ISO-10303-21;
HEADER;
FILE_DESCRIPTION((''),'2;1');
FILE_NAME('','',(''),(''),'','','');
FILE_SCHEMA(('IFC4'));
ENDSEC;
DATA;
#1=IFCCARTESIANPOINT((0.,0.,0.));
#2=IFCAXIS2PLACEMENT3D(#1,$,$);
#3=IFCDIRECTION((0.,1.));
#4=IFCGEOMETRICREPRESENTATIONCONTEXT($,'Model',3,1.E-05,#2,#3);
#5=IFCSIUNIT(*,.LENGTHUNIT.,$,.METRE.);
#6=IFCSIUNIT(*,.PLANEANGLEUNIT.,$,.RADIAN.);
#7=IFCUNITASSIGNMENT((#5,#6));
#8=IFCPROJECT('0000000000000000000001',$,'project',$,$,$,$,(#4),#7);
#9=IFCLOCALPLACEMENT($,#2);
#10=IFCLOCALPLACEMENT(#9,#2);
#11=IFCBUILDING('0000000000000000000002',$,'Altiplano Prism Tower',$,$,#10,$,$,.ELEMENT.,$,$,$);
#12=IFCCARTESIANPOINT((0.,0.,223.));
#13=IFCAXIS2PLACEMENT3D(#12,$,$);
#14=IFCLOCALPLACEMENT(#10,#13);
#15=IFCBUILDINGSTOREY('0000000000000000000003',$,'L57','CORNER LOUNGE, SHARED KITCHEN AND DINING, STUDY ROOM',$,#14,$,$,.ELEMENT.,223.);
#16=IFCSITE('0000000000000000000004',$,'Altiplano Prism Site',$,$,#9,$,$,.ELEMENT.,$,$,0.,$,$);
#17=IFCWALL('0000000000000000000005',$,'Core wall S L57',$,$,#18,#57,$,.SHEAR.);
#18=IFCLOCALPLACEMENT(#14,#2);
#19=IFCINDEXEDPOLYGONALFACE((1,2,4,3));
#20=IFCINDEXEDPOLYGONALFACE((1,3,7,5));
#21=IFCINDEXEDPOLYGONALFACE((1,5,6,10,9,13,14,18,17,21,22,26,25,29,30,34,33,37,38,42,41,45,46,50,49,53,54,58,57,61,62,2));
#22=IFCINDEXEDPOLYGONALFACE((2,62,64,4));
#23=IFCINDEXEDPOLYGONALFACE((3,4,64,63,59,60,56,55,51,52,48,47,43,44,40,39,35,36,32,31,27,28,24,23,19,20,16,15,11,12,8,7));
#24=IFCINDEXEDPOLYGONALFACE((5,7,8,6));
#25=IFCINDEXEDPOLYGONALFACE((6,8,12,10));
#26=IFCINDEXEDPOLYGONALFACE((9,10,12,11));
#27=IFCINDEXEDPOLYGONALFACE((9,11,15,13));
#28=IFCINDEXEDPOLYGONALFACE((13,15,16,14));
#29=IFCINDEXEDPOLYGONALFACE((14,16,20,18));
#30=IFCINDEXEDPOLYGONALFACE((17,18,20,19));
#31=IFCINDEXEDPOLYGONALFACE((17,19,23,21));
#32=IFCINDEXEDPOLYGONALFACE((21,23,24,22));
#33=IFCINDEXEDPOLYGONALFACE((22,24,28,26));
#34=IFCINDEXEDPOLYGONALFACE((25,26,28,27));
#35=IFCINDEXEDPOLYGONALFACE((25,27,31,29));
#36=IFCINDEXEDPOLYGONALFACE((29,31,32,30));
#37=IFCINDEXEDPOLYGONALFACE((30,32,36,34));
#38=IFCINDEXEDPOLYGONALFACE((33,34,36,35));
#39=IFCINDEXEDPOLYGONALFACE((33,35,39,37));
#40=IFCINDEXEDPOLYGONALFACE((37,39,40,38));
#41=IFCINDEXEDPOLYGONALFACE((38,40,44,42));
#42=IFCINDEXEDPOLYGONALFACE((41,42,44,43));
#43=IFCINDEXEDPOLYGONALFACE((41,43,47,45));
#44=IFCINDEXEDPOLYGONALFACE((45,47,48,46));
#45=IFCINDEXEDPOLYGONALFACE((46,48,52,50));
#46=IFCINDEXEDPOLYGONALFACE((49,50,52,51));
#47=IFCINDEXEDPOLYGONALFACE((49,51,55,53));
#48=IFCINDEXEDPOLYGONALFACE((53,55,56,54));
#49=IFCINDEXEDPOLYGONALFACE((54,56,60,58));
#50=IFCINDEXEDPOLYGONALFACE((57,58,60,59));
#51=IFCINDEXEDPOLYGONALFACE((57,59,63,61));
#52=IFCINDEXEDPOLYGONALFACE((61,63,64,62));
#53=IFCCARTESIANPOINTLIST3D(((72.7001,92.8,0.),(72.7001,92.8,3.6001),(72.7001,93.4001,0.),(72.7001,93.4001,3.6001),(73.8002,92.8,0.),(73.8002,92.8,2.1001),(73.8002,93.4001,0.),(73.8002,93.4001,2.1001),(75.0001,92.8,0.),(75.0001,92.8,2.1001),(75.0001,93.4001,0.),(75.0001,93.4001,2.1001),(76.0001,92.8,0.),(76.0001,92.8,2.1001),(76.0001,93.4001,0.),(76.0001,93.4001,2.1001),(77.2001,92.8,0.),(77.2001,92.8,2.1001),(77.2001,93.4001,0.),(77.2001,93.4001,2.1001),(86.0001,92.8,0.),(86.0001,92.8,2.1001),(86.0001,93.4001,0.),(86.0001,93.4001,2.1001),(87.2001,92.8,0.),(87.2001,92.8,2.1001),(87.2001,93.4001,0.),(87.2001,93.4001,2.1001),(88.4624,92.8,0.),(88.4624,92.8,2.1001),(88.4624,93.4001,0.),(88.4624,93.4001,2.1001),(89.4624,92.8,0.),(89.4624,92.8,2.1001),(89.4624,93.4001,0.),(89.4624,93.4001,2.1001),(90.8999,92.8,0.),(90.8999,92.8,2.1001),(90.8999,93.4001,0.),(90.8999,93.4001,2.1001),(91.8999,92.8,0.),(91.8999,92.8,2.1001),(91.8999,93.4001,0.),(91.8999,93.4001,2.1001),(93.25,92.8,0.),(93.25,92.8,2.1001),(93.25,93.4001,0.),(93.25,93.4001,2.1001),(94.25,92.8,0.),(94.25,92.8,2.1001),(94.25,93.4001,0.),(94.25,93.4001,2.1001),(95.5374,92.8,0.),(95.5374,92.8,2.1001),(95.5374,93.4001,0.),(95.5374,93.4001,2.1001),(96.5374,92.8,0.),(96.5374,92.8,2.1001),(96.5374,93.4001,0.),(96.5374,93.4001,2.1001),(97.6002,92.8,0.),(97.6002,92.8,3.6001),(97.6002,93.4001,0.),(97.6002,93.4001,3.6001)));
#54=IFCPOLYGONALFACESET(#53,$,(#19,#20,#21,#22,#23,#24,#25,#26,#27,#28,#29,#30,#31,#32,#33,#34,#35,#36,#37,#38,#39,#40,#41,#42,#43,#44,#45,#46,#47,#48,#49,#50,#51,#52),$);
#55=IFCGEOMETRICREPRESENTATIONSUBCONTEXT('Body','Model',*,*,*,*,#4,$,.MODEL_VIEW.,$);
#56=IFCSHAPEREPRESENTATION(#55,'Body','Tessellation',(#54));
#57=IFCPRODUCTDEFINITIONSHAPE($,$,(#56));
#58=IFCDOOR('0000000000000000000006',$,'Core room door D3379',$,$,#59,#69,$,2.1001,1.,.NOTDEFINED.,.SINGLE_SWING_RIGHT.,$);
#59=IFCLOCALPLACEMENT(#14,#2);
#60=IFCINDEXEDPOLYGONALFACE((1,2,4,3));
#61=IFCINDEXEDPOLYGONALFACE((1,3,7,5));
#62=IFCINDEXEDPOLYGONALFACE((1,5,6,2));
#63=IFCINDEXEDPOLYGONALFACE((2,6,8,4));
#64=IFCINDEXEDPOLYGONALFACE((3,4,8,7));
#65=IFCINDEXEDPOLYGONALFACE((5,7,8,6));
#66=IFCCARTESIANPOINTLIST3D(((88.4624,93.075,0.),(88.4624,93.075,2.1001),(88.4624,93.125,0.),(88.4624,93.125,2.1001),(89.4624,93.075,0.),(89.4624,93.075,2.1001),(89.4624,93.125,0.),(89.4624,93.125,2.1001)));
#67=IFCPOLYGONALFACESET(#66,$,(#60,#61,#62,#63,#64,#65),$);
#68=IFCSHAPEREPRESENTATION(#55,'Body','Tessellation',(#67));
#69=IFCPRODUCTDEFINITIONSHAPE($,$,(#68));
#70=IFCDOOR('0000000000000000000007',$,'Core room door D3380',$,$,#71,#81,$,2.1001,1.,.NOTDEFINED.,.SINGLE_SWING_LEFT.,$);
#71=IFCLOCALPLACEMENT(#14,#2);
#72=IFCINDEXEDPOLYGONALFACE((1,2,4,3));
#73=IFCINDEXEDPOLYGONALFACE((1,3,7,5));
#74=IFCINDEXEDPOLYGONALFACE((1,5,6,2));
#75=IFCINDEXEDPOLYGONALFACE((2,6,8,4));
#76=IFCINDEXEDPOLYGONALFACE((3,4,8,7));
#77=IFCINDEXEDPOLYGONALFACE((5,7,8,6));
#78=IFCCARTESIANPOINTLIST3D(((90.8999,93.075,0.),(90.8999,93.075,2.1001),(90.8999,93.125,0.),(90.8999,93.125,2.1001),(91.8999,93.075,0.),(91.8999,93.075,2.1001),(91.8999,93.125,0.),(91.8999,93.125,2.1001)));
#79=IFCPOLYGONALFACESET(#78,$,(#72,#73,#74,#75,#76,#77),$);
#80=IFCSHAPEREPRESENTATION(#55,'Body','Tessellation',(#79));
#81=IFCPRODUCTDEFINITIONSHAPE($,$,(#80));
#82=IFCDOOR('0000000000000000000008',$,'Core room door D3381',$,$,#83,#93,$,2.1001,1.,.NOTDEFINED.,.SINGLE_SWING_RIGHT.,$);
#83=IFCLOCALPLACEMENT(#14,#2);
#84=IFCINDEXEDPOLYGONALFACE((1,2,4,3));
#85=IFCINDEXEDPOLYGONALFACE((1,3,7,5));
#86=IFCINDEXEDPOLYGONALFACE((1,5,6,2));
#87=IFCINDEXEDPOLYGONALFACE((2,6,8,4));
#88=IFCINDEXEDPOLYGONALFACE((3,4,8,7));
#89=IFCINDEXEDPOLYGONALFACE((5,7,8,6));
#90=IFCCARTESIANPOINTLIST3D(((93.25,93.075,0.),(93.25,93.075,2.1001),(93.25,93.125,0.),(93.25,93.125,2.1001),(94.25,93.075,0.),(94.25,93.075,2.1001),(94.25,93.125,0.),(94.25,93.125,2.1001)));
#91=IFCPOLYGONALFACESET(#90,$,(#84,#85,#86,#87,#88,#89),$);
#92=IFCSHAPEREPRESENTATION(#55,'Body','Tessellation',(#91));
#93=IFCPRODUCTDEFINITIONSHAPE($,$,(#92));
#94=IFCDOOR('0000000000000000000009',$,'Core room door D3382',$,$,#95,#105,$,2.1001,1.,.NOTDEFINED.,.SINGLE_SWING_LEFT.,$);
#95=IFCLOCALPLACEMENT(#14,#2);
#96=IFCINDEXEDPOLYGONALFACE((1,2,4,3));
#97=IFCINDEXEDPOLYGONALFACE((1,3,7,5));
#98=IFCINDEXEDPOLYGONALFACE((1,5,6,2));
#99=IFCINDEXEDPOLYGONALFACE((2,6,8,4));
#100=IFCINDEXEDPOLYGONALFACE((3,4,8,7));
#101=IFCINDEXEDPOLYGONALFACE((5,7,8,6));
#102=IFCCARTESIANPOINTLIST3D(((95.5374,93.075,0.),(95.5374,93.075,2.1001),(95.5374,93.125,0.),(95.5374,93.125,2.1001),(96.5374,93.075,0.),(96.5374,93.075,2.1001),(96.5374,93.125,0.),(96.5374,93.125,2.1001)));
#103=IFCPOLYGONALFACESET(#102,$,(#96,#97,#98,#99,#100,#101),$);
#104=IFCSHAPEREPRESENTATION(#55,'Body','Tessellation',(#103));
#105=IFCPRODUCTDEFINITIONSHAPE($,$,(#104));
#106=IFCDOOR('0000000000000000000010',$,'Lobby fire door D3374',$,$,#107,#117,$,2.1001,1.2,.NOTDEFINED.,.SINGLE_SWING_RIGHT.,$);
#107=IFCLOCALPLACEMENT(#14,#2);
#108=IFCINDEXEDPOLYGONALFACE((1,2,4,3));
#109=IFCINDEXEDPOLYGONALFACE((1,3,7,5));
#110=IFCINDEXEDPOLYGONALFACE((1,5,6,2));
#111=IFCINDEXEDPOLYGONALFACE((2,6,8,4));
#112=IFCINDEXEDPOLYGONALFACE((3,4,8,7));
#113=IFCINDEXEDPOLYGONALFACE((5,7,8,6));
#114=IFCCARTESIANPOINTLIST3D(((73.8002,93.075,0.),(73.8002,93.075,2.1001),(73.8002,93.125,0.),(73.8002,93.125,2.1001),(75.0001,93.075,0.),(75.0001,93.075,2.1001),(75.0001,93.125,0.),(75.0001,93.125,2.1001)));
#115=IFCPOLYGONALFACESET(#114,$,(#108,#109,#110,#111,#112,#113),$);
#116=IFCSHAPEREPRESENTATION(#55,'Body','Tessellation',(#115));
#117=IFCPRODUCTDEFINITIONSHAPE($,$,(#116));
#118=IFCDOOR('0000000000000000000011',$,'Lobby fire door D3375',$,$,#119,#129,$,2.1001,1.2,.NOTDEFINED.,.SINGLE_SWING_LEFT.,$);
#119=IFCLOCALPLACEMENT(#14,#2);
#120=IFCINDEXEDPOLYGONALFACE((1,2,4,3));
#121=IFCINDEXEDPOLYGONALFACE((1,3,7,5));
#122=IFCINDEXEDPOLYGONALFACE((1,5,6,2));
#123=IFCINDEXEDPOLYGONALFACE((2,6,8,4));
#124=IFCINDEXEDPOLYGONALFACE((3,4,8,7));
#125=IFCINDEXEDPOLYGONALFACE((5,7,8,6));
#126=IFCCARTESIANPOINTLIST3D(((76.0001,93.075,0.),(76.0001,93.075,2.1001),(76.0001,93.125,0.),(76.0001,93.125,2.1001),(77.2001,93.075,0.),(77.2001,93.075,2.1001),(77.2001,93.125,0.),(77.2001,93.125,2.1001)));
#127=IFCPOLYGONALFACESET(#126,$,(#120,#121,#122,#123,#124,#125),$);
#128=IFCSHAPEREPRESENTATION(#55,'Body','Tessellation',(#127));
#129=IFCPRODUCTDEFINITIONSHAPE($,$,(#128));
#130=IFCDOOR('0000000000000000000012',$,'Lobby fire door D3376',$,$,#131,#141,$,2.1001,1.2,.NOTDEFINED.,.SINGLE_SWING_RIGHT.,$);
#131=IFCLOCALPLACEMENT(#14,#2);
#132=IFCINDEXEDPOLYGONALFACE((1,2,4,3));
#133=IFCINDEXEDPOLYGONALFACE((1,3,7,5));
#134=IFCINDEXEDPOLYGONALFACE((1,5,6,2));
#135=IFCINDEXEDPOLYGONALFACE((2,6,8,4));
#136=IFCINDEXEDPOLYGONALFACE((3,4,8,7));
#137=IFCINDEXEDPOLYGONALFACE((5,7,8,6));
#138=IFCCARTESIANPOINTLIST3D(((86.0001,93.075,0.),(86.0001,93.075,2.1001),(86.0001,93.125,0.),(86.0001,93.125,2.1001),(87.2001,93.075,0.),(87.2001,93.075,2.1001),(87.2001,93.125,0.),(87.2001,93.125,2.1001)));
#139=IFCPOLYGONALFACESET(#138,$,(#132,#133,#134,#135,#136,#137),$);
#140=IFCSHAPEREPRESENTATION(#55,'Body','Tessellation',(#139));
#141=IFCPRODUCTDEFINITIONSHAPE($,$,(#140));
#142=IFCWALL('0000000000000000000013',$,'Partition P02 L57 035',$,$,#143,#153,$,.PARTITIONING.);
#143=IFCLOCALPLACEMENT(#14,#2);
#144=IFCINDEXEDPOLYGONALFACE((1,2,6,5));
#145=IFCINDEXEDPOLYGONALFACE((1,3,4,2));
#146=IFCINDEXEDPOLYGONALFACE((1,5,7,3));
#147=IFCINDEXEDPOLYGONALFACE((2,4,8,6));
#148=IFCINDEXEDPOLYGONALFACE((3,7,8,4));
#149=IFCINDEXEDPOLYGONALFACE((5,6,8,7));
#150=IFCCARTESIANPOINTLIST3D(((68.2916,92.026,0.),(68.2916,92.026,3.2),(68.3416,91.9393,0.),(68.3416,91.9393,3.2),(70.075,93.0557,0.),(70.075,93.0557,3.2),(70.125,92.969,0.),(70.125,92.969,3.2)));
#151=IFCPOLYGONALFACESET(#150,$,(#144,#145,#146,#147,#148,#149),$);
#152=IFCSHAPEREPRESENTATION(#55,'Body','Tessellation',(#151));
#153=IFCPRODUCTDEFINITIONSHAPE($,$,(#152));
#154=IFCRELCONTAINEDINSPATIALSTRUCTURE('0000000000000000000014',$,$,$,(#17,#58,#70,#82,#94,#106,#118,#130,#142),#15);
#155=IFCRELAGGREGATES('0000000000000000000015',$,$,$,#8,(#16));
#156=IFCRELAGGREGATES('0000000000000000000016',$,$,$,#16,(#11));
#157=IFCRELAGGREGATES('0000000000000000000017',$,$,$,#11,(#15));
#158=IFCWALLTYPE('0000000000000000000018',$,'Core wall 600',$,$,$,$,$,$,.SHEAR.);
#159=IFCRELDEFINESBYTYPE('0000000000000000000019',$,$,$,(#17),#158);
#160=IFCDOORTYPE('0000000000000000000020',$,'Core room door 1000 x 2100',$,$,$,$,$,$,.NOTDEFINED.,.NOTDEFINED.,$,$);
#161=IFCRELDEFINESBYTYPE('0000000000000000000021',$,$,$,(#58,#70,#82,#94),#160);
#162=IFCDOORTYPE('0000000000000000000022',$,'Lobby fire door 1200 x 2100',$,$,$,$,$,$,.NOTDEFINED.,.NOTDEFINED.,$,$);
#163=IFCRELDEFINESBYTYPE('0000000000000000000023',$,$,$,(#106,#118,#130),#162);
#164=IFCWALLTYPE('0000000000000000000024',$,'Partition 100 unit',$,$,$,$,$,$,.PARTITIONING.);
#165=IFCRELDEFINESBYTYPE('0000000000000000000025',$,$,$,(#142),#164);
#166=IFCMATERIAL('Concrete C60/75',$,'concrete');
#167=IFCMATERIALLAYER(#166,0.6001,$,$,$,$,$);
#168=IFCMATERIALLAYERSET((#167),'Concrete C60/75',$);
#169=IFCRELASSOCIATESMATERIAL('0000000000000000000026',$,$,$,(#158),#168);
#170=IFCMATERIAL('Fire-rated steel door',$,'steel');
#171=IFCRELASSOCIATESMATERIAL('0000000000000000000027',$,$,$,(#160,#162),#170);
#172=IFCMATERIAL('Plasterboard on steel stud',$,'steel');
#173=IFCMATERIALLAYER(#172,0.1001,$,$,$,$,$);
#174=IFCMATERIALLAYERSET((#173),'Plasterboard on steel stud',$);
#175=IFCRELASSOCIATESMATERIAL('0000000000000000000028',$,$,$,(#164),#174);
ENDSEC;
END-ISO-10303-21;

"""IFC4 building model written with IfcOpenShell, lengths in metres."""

from ifc_helpers import new_model, si_unit, direction, frame, frame_2d, origin, place, context, subcontext, project, spatial, rectangle, extrude, material, layer, layer_set, type_object, element, fill, save


model = new_model("IFC4")

# Units and contexts
model_context = context("Model", 3, precision=1e-05, world=origin(), true_north=direction((0.0, 1.0)))
body_context = subcontext(model_context, "Body", "Model", "MODEL_VIEW")
ifc_project = project(units=[si_unit("LENGTHUNIT", "METRE"), si_unit("PLANEANGLEUNIT", "RADIAN")], contexts=[model_context])

# Site, building, storey
site_placement = place(None, origin())
site = spatial("IfcSite", under=ifc_project, at=site_placement, Name="Altiplano Prism Site", CompositionType="ELEMENT", RefElevation=0.0)
building_placement = place(site_placement, origin())
building = spatial("IfcBuilding", under=site, at=building_placement, Name="Altiplano Prism Tower", CompositionType="ELEMENT")
storey_placement = place(building_placement, frame((0.0, 0.0, 223.0)))
storey = spatial("IfcBuildingStorey", under=building, at=storey_placement, Name="L57", Description="CORNER LOUNGE, SHARED KITCHEN AND DINING, STUDY ROOM", CompositionType="ELEMENT", Elevation=223.0)

# Shared definitions
ifc_material_1 = material(Name="Concrete C60/75", Category="concrete")

# Wall, openings, doors
ifc_layer_1 = layer(ifc_material_1, 0.6001)
ifc_layer_set_1 = layer_set([ifc_layer_1], Name="Concrete C60/75")
wall_type_1 = type_object("IfcWallType", Name="Core wall 600", PredefinedType="SHEAR", material=ifc_layer_set_1)
wall_1_placement = place(storey_placement, frame((72.7, 93.1001, 0.0), z_axis=(0.0, 0.0, 1.0), x_axis=(1.0, 0.0, 0.0)))
wall_1 = element("IfcWall", 1, at=wall_1_placement, inside=storey, type_object=wall_type_1, Name="Core wall S L57", PredefinedType="SHEAR", context=body_context, shape_type="SweptSolid", body=[
    extrude(rectangle(XDim=24.9001, YDim=0.6001, at=frame_2d((12.4502, 0.0))), origin(), (0.0, 0.0, 1.0), 3.6001),
])
opening_1_placement = place(wall_1_placement, frame((1.1001, 0.0, 0.0)))
opening_1 = element("IfcOpeningElement", 2, at=opening_1_placement, cuts=wall_1, PredefinedType="OPENING", context=body_context, shape_type="SweptSolid", body=[
    extrude(rectangle(XDim=1.2, YDim=2.1001, at=frame_2d((0.6001, 1.05))), frame((0.0, 0.3105, 0.0), z_axis=(0.0, -1.0, 0.0), x_axis=(1.0, 0.0, 0.0)), (0.0, 0.0, 1.0), 0.6211),
])
opening_2_placement = place(wall_1_placement, frame((3.3, 0.0, 0.0)))
opening_2 = element("IfcOpeningElement", 3, at=opening_2_placement, cuts=wall_1, PredefinedType="OPENING", context=body_context, shape_type="SweptSolid", body=[
    extrude(rectangle(XDim=1.2, YDim=2.1001, at=frame_2d((0.6001, 1.05))), frame((0.0, 0.3105, 0.0), z_axis=(0.0, -1.0, 0.0), x_axis=(1.0, 0.0, 0.0)), (0.0, 0.0, 1.0), 0.6211),
])
opening_3_placement = place(wall_1_placement, frame((13.3, 0.0, 0.0)))
opening_3 = element("IfcOpeningElement", 4, at=opening_3_placement, cuts=wall_1, PredefinedType="OPENING", context=body_context, shape_type="SweptSolid", body=[
    extrude(rectangle(XDim=1.2, YDim=2.1001, at=frame_2d((0.6001, 1.05))), frame((0.0, 0.3105, 0.0), z_axis=(0.0, -1.0, 0.0), x_axis=(1.0, 0.0, 0.0)), (0.0, 0.0, 1.0), 0.6211),
])
opening_4_placement = place(wall_1_placement, frame((15.7625, 0.0, 0.0)))
opening_4 = element("IfcOpeningElement", 5, at=opening_4_placement, cuts=wall_1, PredefinedType="OPENING", context=body_context, shape_type="SweptSolid", body=[
    extrude(rectangle(XDim=1.0, YDim=2.1001, at=frame_2d((0.5, 1.05))), frame((0.0, 0.3105, 0.0), z_axis=(0.0, -1.0, 0.0), x_axis=(1.0, 0.0, 0.0)), (0.0, 0.0, 1.0), 0.6211),
])
opening_5_placement = place(wall_1_placement, frame((18.2, 0.0, 0.0)))
opening_5 = element("IfcOpeningElement", 6, at=opening_5_placement, cuts=wall_1, PredefinedType="OPENING", context=body_context, shape_type="SweptSolid", body=[
    extrude(rectangle(XDim=1.0, YDim=2.1001, at=frame_2d((0.5, 1.05))), frame((0.0, 0.3105, 0.0), z_axis=(0.0, -1.0, 0.0), x_axis=(1.0, 0.0, 0.0)), (0.0, 0.0, 1.0), 0.6211),
])
opening_6_placement = place(wall_1_placement, frame((20.55, 0.0, 0.0)))
opening_6 = element("IfcOpeningElement", 7, at=opening_6_placement, cuts=wall_1, PredefinedType="OPENING", context=body_context, shape_type="SweptSolid", body=[
    extrude(rectangle(XDim=1.0, YDim=2.1001, at=frame_2d((0.5, 1.05))), frame((0.0, 0.3105, 0.0), z_axis=(0.0, -1.0, 0.0), x_axis=(1.0, 0.0, 0.0)), (0.0, 0.0, 1.0), 0.6211),
])
opening_7_placement = place(wall_1_placement, frame((22.8374, 0.0, 0.0)))
opening_7 = element("IfcOpeningElement", 8, at=opening_7_placement, cuts=wall_1, PredefinedType="OPENING", context=body_context, shape_type="SweptSolid", body=[
    extrude(rectangle(XDim=1.0, YDim=2.1001, at=frame_2d((0.5, 1.05))), frame((0.0, 0.3105, 0.0), z_axis=(0.0, -1.0, 0.0), x_axis=(1.0, 0.0, 0.0)), (0.0, 0.0, 1.0), 0.6211),
])
ifc_material_2 = material(Name="Fire-rated steel door", Category="steel")
door_type_1 = type_object("IfcDoorType", Name="Core room door 1000 x 2100", OperationType="NOTDEFINED", PredefinedType="NOTDEFINED", material=ifc_material_2)
door_1_placement = place(opening_4_placement, origin())
door_1 = element("IfcDoor", 9, at=door_1_placement, inside=storey, type_object=door_type_1, Name="Core room door D3379", OperationType="SINGLE_SWING_RIGHT", OverallHeight=2.1001, OverallWidth=1.0, PredefinedType="NOTDEFINED", context=body_context, shape_type="SweptSolid", body=[
    extrude(rectangle(XDim=1.0, YDim=2.1001, at=frame_2d((0.5, 1.05))), frame((0.0, 0.0249, 0.0), z_axis=(0.0, -1.0, 0.0), x_axis=(1.0, 0.0, 0.0)), (0.0, 0.0, 1.0), 0.05),
])
fill(opening_4, door_1)
door_2_placement = place(opening_5_placement, origin())
door_2 = element("IfcDoor", 10, at=door_2_placement, inside=storey, type_object=door_type_1, Name="Core room door D3380", OperationType="SINGLE_SWING_LEFT", OverallHeight=2.1001, OverallWidth=1.0, PredefinedType="NOTDEFINED", context=body_context, shape_type="SweptSolid", body=[
    extrude(rectangle(XDim=1.0, YDim=2.1001, at=frame_2d((0.5, 1.05))), frame((0.0, 0.0249, 0.0), z_axis=(0.0, -1.0, 0.0), x_axis=(1.0, 0.0, 0.0)), (0.0, 0.0, 1.0), 0.05),
])
fill(opening_5, door_2)
door_3_placement = place(opening_6_placement, origin())
door_3 = element("IfcDoor", 11, at=door_3_placement, inside=storey, type_object=door_type_1, Name="Core room door D3381", OperationType="SINGLE_SWING_RIGHT", OverallHeight=2.1001, OverallWidth=1.0, PredefinedType="NOTDEFINED", context=body_context, shape_type="SweptSolid", body=[
    extrude(rectangle(XDim=1.0, YDim=2.1001, at=frame_2d((0.5, 1.05))), frame((0.0, 0.0249, 0.0), z_axis=(0.0, -1.0, 0.0), x_axis=(1.0, 0.0, 0.0)), (0.0, 0.0, 1.0), 0.05),
])
fill(opening_6, door_3)
door_4_placement = place(opening_7_placement, origin())
door_4 = element("IfcDoor", 12, at=door_4_placement, inside=storey, type_object=door_type_1, Name="Core room door D3382", OperationType="SINGLE_SWING_LEFT", OverallHeight=2.1001, OverallWidth=1.0, PredefinedType="NOTDEFINED", context=body_context, shape_type="SweptSolid", body=[
    extrude(rectangle(XDim=1.0, YDim=2.1001, at=frame_2d((0.5, 1.05))), frame((0.0, 0.0249, 0.0), z_axis=(0.0, -1.0, 0.0), x_axis=(1.0, 0.0, 0.0)), (0.0, 0.0, 1.0), 0.05),
])
fill(opening_7, door_4)
door_type_2 = type_object("IfcDoorType", Name="Lobby fire door 1200 x 2100", OperationType="NOTDEFINED", PredefinedType="NOTDEFINED", material=ifc_material_2)
door_5_placement = place(opening_1_placement, origin())
door_5 = element("IfcDoor", 13, at=door_5_placement, inside=storey, type_object=door_type_2, Name="Lobby fire door D3374", OperationType="SINGLE_SWING_RIGHT", OverallHeight=2.1001, OverallWidth=1.2, PredefinedType="NOTDEFINED", context=body_context, shape_type="SweptSolid", body=[
    extrude(rectangle(XDim=1.2, YDim=2.1001, at=frame_2d((0.6001, 1.05))), frame((0.0, 0.0249, 0.0), z_axis=(0.0, -1.0, 0.0), x_axis=(1.0, 0.0, 0.0)), (0.0, 0.0, 1.0), 0.05),
])
fill(opening_1, door_5)
door_6_placement = place(opening_2_placement, origin())
door_6 = element("IfcDoor", 14, at=door_6_placement, inside=storey, type_object=door_type_2, Name="Lobby fire door D3375", OperationType="SINGLE_SWING_LEFT", OverallHeight=2.1001, OverallWidth=1.2, PredefinedType="NOTDEFINED", context=body_context, shape_type="SweptSolid", body=[
    extrude(rectangle(XDim=1.2, YDim=2.1001, at=frame_2d((0.6001, 1.05))), frame((0.0, 0.0249, 0.0), z_axis=(0.0, -1.0, 0.0), x_axis=(1.0, 0.0, 0.0)), (0.0, 0.0, 1.0), 0.05),
])
fill(opening_2, door_6)
door_7_placement = place(opening_3_placement, origin())
door_7 = element("IfcDoor", 15, at=door_7_placement, inside=storey, type_object=door_type_2, Name="Lobby fire door D3376", OperationType="SINGLE_SWING_RIGHT", OverallHeight=2.1001, OverallWidth=1.2, PredefinedType="NOTDEFINED", context=body_context, shape_type="SweptSolid", body=[
    extrude(rectangle(XDim=1.2, YDim=2.1001, at=frame_2d((0.6001, 1.05))), frame((0.0, 0.0249, 0.0), z_axis=(0.0, -1.0, 0.0), x_axis=(1.0, 0.0, 0.0)), (0.0, 0.0, 1.0), 0.05),
])
fill(opening_3, door_7)

# Wall
ifc_material_3 = material(Name="Plasterboard on steel stud", Category="steel")
ifc_layer_2 = layer(ifc_material_3, 0.1001)
ifc_layer_set_2 = layer_set([ifc_layer_2], Name="Plasterboard on steel stud")
wall_type_2 = type_object("IfcWallType", Name="Partition 100 unit", PredefinedType="PARTITIONING", material=ifc_layer_set_2)
wall_2_placement = place(storey_placement, frame((70.1001, 93.0125, 0.0), z_axis=(0.0, 0.0, 1.0), x_axis=(-0.866002, -0.500041, 0.0)))
element("IfcWall", 16, at=wall_2_placement, inside=storey, type_object=wall_type_2, Name="Partition P02 L57 035", PredefinedType="PARTITIONING", context=body_context, shape_type="SweptSolid", body=[
    extrude(rectangle(XDim=2.0593, YDim=0.1001, at=frame_2d((1.0298, 0.0))), origin(), (0.0, 0.0, 1.0), 3.2),
])

save(model, "model.ifc")
